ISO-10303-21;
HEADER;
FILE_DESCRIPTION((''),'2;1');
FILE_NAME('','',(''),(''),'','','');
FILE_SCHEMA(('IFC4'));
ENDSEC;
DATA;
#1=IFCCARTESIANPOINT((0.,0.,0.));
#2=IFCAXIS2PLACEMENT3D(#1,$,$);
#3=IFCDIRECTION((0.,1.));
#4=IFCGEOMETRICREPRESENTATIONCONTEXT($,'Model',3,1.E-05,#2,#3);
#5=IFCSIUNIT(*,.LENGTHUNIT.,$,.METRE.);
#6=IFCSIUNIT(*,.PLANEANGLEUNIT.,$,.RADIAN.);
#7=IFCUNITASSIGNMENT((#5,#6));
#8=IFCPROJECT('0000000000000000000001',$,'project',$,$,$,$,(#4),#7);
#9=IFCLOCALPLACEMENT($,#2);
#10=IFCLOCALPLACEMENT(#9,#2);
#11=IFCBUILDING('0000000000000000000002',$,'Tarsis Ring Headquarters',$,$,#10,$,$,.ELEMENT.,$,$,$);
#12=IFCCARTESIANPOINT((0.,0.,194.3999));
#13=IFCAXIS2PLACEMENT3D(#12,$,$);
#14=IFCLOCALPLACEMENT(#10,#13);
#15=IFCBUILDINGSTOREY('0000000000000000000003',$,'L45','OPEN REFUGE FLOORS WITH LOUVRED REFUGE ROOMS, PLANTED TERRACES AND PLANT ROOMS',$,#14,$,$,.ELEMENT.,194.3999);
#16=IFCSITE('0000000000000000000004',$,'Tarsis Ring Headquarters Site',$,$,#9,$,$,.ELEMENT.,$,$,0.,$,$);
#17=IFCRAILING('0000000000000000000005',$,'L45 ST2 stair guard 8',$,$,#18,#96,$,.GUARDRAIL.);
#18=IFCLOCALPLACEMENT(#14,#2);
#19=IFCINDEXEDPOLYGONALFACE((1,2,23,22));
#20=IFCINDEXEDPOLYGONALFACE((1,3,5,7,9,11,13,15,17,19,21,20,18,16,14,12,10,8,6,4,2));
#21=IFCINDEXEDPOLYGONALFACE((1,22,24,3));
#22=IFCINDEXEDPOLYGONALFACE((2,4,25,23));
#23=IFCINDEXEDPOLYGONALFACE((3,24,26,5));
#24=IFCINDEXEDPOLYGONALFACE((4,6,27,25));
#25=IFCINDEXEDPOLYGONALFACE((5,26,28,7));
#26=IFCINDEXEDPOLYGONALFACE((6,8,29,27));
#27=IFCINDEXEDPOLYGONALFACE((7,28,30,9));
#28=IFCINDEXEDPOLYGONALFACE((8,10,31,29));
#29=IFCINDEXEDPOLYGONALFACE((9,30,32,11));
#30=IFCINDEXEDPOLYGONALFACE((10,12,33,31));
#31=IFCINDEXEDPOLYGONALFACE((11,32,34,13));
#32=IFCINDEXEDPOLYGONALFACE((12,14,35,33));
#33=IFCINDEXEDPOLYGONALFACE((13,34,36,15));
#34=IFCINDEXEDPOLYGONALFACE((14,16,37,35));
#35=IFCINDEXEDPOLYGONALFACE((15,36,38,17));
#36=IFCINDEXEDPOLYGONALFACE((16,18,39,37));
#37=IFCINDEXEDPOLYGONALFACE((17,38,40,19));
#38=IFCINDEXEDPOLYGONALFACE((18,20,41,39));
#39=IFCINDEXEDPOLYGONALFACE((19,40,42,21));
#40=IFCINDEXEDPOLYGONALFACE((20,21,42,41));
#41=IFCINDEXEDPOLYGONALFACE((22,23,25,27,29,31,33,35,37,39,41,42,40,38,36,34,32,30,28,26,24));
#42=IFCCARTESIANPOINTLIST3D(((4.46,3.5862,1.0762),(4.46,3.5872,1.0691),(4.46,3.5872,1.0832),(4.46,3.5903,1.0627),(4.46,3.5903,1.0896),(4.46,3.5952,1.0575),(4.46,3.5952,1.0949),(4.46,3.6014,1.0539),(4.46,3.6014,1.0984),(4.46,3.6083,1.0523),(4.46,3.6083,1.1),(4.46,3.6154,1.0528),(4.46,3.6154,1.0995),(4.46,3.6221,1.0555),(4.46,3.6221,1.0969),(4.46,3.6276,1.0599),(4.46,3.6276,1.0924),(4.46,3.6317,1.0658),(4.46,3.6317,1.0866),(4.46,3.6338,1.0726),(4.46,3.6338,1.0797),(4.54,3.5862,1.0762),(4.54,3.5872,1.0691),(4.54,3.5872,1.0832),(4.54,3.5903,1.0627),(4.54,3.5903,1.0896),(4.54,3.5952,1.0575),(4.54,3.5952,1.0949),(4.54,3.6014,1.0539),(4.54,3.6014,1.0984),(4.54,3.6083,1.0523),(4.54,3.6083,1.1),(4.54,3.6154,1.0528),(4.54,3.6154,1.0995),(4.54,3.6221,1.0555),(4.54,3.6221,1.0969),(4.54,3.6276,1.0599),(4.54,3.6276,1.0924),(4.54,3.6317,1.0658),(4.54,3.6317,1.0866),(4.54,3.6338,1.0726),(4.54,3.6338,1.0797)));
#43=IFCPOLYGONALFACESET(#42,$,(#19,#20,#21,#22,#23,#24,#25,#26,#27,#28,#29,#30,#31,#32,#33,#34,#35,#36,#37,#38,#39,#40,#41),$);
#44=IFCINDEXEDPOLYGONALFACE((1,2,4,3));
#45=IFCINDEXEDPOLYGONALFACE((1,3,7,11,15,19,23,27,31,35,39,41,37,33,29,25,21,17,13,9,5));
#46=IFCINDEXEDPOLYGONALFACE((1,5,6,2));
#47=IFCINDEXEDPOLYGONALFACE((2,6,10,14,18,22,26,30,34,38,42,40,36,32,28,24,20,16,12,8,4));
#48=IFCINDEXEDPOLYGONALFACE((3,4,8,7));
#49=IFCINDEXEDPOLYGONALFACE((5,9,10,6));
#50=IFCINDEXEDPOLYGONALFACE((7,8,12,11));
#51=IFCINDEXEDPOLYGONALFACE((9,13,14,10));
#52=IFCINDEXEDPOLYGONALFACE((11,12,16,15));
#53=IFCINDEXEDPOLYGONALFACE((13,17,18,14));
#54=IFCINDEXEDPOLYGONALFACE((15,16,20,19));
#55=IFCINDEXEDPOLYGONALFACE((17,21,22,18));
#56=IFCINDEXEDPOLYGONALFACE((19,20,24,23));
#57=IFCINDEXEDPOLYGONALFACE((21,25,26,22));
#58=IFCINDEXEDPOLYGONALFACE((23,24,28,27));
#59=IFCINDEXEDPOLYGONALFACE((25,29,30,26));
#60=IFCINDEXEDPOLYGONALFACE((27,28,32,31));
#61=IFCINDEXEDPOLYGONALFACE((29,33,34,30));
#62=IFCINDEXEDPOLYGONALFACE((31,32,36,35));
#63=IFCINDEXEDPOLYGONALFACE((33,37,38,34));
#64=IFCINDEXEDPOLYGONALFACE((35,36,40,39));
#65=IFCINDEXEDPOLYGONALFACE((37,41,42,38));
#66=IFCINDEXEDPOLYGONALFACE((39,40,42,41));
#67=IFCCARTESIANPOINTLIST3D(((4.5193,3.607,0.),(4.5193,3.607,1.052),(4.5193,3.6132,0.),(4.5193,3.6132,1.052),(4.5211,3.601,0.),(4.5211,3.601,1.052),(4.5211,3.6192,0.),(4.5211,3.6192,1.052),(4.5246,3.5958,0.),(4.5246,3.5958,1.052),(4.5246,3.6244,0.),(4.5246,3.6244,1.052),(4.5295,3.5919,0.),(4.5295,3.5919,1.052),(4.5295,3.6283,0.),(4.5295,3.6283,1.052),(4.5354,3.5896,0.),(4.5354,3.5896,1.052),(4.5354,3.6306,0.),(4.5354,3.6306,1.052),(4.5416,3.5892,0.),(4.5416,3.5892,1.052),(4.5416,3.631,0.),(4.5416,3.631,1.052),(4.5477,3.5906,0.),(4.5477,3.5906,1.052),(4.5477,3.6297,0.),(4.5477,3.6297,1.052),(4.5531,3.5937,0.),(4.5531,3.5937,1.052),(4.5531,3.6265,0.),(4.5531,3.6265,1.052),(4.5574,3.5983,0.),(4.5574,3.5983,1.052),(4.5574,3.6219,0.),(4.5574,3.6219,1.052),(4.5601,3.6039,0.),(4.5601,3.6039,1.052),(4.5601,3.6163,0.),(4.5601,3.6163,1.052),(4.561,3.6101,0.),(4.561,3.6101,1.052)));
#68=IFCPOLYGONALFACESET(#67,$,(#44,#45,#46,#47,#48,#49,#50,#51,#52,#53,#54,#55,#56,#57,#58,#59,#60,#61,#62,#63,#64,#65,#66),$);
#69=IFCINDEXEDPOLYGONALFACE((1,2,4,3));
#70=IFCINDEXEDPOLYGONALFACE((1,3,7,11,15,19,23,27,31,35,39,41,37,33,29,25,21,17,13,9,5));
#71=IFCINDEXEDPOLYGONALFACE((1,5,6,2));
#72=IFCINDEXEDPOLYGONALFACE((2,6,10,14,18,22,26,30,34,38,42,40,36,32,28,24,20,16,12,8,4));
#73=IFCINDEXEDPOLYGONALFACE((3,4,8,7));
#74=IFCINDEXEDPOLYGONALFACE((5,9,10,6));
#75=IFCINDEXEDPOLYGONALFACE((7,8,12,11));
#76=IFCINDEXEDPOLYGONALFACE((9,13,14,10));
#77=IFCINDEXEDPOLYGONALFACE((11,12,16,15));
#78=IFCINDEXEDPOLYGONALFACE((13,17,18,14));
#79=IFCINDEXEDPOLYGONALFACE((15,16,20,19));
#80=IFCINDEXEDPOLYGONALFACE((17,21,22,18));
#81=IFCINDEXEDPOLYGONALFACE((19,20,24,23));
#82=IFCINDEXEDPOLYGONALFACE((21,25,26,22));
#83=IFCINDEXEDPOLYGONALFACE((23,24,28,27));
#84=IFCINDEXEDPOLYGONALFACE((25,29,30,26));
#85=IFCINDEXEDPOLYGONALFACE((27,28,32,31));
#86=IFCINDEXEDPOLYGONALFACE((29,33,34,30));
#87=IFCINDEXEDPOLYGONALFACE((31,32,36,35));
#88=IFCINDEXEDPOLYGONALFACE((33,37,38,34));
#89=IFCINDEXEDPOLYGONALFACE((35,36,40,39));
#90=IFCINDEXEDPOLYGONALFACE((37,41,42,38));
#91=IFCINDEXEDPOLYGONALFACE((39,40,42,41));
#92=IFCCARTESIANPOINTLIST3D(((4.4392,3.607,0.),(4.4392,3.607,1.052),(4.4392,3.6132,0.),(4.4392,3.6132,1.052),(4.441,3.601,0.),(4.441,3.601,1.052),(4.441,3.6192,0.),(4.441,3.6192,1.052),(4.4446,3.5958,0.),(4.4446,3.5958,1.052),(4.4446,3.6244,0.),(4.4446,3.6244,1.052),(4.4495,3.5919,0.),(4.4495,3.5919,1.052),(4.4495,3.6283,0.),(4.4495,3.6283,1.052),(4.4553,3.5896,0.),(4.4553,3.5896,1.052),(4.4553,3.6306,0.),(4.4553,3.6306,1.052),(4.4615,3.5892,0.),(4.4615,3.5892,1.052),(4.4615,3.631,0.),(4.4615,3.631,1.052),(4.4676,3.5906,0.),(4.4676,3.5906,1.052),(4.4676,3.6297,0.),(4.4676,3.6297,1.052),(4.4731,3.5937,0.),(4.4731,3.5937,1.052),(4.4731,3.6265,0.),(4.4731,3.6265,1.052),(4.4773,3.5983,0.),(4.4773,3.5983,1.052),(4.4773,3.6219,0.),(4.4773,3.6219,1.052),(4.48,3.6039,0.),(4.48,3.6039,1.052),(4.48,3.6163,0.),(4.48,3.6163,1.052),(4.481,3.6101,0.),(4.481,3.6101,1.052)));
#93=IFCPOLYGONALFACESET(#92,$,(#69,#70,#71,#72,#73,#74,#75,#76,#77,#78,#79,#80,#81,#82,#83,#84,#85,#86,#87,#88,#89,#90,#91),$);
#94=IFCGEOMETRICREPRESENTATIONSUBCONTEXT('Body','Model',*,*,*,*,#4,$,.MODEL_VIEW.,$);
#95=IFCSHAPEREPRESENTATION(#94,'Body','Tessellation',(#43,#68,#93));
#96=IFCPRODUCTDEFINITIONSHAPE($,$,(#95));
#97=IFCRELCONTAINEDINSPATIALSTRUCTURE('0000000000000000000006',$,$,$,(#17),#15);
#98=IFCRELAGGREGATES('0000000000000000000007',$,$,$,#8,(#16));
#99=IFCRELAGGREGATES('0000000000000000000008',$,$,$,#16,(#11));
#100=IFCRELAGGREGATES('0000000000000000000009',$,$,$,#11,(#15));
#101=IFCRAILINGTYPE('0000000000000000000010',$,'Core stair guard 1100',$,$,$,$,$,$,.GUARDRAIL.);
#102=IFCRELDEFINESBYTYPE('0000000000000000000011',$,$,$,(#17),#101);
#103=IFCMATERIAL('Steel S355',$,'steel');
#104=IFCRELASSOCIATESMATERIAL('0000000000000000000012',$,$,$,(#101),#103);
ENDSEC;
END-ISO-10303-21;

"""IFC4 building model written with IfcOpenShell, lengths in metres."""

from ifc_helpers import new_model, si_unit, direction, frame, origin, origin_2d, place, context, subcontext, project, spatial, circle, extrude, material, type_object, element, save


model = new_model("IFC4")

# Units and contexts
model_context = context("Model", 3, precision=1e-05, world=origin(), true_north=direction((0.0, 1.0)))
body_context = subcontext(model_context, "Body", "Model", "MODEL_VIEW")
ifc_project = project(units=[si_unit("LENGTHUNIT", "METRE"), si_unit("PLANEANGLEUNIT", "RADIAN")], contexts=[model_context])

# Site, building, storey
site_placement = place(None, origin())
site = spatial("IfcSite", under=ifc_project, at=site_placement, Name="Tarsis Ring Headquarters Site", CompositionType="ELEMENT", RefElevation=0.0)
building_placement = place(site_placement, origin())
building = spatial("IfcBuilding", under=site, at=building_placement, Name="Tarsis Ring Headquarters", CompositionType="ELEMENT")
storey_placement = place(building_placement, frame((0.0, 0.0, 194.3999)))
storey = spatial("IfcBuildingStorey", under=building, at=storey_placement, Name="L45", Description="OPEN REFUGE FLOORS WITH LOUVRED REFUGE ROOMS, PLANTED TERRACES AND PLANT ROOMS", CompositionType="ELEMENT", Elevation=194.3999)

# Shared definitions
ifc_material_1 = material(Name="Steel S355", Category="steel")

# Railing
railing_type_1 = type_object("IfcRailingType", Name="Core stair guard 1100", PredefinedType="GUARDRAIL", material=ifc_material_1)
railing_1_placement = place(storey_placement, frame((4.54, 3.6101, 0.0)))
element("IfcRailing", 1, at=railing_1_placement, inside=storey, type_object=railing_type_1, Name="L45 ST2 stair guard 8", PredefinedType="GUARDRAIL", context=body_context, shape_type="SweptSolid", body=[
    extrude(circle(Radius=0.0239, at=origin_2d()), frame((0.0, 0.0, 1.0762), z_axis=(-1.0, 0.0, 0.0), x_axis=(0.0, -1.0, 0.0)), (0.0, 0.0, 1.0), 0.0801),
    extrude(circle(Radius=0.021, at=origin_2d()), origin(), (0.0, 0.0, 1.0), 1.052),
    extrude(circle(Radius=0.021, at=origin_2d()), frame((-0.0801, 0.0, 0.0)), (0.0, 0.0, 1.0), 1.052),
])

save(model, "model.ifc")
